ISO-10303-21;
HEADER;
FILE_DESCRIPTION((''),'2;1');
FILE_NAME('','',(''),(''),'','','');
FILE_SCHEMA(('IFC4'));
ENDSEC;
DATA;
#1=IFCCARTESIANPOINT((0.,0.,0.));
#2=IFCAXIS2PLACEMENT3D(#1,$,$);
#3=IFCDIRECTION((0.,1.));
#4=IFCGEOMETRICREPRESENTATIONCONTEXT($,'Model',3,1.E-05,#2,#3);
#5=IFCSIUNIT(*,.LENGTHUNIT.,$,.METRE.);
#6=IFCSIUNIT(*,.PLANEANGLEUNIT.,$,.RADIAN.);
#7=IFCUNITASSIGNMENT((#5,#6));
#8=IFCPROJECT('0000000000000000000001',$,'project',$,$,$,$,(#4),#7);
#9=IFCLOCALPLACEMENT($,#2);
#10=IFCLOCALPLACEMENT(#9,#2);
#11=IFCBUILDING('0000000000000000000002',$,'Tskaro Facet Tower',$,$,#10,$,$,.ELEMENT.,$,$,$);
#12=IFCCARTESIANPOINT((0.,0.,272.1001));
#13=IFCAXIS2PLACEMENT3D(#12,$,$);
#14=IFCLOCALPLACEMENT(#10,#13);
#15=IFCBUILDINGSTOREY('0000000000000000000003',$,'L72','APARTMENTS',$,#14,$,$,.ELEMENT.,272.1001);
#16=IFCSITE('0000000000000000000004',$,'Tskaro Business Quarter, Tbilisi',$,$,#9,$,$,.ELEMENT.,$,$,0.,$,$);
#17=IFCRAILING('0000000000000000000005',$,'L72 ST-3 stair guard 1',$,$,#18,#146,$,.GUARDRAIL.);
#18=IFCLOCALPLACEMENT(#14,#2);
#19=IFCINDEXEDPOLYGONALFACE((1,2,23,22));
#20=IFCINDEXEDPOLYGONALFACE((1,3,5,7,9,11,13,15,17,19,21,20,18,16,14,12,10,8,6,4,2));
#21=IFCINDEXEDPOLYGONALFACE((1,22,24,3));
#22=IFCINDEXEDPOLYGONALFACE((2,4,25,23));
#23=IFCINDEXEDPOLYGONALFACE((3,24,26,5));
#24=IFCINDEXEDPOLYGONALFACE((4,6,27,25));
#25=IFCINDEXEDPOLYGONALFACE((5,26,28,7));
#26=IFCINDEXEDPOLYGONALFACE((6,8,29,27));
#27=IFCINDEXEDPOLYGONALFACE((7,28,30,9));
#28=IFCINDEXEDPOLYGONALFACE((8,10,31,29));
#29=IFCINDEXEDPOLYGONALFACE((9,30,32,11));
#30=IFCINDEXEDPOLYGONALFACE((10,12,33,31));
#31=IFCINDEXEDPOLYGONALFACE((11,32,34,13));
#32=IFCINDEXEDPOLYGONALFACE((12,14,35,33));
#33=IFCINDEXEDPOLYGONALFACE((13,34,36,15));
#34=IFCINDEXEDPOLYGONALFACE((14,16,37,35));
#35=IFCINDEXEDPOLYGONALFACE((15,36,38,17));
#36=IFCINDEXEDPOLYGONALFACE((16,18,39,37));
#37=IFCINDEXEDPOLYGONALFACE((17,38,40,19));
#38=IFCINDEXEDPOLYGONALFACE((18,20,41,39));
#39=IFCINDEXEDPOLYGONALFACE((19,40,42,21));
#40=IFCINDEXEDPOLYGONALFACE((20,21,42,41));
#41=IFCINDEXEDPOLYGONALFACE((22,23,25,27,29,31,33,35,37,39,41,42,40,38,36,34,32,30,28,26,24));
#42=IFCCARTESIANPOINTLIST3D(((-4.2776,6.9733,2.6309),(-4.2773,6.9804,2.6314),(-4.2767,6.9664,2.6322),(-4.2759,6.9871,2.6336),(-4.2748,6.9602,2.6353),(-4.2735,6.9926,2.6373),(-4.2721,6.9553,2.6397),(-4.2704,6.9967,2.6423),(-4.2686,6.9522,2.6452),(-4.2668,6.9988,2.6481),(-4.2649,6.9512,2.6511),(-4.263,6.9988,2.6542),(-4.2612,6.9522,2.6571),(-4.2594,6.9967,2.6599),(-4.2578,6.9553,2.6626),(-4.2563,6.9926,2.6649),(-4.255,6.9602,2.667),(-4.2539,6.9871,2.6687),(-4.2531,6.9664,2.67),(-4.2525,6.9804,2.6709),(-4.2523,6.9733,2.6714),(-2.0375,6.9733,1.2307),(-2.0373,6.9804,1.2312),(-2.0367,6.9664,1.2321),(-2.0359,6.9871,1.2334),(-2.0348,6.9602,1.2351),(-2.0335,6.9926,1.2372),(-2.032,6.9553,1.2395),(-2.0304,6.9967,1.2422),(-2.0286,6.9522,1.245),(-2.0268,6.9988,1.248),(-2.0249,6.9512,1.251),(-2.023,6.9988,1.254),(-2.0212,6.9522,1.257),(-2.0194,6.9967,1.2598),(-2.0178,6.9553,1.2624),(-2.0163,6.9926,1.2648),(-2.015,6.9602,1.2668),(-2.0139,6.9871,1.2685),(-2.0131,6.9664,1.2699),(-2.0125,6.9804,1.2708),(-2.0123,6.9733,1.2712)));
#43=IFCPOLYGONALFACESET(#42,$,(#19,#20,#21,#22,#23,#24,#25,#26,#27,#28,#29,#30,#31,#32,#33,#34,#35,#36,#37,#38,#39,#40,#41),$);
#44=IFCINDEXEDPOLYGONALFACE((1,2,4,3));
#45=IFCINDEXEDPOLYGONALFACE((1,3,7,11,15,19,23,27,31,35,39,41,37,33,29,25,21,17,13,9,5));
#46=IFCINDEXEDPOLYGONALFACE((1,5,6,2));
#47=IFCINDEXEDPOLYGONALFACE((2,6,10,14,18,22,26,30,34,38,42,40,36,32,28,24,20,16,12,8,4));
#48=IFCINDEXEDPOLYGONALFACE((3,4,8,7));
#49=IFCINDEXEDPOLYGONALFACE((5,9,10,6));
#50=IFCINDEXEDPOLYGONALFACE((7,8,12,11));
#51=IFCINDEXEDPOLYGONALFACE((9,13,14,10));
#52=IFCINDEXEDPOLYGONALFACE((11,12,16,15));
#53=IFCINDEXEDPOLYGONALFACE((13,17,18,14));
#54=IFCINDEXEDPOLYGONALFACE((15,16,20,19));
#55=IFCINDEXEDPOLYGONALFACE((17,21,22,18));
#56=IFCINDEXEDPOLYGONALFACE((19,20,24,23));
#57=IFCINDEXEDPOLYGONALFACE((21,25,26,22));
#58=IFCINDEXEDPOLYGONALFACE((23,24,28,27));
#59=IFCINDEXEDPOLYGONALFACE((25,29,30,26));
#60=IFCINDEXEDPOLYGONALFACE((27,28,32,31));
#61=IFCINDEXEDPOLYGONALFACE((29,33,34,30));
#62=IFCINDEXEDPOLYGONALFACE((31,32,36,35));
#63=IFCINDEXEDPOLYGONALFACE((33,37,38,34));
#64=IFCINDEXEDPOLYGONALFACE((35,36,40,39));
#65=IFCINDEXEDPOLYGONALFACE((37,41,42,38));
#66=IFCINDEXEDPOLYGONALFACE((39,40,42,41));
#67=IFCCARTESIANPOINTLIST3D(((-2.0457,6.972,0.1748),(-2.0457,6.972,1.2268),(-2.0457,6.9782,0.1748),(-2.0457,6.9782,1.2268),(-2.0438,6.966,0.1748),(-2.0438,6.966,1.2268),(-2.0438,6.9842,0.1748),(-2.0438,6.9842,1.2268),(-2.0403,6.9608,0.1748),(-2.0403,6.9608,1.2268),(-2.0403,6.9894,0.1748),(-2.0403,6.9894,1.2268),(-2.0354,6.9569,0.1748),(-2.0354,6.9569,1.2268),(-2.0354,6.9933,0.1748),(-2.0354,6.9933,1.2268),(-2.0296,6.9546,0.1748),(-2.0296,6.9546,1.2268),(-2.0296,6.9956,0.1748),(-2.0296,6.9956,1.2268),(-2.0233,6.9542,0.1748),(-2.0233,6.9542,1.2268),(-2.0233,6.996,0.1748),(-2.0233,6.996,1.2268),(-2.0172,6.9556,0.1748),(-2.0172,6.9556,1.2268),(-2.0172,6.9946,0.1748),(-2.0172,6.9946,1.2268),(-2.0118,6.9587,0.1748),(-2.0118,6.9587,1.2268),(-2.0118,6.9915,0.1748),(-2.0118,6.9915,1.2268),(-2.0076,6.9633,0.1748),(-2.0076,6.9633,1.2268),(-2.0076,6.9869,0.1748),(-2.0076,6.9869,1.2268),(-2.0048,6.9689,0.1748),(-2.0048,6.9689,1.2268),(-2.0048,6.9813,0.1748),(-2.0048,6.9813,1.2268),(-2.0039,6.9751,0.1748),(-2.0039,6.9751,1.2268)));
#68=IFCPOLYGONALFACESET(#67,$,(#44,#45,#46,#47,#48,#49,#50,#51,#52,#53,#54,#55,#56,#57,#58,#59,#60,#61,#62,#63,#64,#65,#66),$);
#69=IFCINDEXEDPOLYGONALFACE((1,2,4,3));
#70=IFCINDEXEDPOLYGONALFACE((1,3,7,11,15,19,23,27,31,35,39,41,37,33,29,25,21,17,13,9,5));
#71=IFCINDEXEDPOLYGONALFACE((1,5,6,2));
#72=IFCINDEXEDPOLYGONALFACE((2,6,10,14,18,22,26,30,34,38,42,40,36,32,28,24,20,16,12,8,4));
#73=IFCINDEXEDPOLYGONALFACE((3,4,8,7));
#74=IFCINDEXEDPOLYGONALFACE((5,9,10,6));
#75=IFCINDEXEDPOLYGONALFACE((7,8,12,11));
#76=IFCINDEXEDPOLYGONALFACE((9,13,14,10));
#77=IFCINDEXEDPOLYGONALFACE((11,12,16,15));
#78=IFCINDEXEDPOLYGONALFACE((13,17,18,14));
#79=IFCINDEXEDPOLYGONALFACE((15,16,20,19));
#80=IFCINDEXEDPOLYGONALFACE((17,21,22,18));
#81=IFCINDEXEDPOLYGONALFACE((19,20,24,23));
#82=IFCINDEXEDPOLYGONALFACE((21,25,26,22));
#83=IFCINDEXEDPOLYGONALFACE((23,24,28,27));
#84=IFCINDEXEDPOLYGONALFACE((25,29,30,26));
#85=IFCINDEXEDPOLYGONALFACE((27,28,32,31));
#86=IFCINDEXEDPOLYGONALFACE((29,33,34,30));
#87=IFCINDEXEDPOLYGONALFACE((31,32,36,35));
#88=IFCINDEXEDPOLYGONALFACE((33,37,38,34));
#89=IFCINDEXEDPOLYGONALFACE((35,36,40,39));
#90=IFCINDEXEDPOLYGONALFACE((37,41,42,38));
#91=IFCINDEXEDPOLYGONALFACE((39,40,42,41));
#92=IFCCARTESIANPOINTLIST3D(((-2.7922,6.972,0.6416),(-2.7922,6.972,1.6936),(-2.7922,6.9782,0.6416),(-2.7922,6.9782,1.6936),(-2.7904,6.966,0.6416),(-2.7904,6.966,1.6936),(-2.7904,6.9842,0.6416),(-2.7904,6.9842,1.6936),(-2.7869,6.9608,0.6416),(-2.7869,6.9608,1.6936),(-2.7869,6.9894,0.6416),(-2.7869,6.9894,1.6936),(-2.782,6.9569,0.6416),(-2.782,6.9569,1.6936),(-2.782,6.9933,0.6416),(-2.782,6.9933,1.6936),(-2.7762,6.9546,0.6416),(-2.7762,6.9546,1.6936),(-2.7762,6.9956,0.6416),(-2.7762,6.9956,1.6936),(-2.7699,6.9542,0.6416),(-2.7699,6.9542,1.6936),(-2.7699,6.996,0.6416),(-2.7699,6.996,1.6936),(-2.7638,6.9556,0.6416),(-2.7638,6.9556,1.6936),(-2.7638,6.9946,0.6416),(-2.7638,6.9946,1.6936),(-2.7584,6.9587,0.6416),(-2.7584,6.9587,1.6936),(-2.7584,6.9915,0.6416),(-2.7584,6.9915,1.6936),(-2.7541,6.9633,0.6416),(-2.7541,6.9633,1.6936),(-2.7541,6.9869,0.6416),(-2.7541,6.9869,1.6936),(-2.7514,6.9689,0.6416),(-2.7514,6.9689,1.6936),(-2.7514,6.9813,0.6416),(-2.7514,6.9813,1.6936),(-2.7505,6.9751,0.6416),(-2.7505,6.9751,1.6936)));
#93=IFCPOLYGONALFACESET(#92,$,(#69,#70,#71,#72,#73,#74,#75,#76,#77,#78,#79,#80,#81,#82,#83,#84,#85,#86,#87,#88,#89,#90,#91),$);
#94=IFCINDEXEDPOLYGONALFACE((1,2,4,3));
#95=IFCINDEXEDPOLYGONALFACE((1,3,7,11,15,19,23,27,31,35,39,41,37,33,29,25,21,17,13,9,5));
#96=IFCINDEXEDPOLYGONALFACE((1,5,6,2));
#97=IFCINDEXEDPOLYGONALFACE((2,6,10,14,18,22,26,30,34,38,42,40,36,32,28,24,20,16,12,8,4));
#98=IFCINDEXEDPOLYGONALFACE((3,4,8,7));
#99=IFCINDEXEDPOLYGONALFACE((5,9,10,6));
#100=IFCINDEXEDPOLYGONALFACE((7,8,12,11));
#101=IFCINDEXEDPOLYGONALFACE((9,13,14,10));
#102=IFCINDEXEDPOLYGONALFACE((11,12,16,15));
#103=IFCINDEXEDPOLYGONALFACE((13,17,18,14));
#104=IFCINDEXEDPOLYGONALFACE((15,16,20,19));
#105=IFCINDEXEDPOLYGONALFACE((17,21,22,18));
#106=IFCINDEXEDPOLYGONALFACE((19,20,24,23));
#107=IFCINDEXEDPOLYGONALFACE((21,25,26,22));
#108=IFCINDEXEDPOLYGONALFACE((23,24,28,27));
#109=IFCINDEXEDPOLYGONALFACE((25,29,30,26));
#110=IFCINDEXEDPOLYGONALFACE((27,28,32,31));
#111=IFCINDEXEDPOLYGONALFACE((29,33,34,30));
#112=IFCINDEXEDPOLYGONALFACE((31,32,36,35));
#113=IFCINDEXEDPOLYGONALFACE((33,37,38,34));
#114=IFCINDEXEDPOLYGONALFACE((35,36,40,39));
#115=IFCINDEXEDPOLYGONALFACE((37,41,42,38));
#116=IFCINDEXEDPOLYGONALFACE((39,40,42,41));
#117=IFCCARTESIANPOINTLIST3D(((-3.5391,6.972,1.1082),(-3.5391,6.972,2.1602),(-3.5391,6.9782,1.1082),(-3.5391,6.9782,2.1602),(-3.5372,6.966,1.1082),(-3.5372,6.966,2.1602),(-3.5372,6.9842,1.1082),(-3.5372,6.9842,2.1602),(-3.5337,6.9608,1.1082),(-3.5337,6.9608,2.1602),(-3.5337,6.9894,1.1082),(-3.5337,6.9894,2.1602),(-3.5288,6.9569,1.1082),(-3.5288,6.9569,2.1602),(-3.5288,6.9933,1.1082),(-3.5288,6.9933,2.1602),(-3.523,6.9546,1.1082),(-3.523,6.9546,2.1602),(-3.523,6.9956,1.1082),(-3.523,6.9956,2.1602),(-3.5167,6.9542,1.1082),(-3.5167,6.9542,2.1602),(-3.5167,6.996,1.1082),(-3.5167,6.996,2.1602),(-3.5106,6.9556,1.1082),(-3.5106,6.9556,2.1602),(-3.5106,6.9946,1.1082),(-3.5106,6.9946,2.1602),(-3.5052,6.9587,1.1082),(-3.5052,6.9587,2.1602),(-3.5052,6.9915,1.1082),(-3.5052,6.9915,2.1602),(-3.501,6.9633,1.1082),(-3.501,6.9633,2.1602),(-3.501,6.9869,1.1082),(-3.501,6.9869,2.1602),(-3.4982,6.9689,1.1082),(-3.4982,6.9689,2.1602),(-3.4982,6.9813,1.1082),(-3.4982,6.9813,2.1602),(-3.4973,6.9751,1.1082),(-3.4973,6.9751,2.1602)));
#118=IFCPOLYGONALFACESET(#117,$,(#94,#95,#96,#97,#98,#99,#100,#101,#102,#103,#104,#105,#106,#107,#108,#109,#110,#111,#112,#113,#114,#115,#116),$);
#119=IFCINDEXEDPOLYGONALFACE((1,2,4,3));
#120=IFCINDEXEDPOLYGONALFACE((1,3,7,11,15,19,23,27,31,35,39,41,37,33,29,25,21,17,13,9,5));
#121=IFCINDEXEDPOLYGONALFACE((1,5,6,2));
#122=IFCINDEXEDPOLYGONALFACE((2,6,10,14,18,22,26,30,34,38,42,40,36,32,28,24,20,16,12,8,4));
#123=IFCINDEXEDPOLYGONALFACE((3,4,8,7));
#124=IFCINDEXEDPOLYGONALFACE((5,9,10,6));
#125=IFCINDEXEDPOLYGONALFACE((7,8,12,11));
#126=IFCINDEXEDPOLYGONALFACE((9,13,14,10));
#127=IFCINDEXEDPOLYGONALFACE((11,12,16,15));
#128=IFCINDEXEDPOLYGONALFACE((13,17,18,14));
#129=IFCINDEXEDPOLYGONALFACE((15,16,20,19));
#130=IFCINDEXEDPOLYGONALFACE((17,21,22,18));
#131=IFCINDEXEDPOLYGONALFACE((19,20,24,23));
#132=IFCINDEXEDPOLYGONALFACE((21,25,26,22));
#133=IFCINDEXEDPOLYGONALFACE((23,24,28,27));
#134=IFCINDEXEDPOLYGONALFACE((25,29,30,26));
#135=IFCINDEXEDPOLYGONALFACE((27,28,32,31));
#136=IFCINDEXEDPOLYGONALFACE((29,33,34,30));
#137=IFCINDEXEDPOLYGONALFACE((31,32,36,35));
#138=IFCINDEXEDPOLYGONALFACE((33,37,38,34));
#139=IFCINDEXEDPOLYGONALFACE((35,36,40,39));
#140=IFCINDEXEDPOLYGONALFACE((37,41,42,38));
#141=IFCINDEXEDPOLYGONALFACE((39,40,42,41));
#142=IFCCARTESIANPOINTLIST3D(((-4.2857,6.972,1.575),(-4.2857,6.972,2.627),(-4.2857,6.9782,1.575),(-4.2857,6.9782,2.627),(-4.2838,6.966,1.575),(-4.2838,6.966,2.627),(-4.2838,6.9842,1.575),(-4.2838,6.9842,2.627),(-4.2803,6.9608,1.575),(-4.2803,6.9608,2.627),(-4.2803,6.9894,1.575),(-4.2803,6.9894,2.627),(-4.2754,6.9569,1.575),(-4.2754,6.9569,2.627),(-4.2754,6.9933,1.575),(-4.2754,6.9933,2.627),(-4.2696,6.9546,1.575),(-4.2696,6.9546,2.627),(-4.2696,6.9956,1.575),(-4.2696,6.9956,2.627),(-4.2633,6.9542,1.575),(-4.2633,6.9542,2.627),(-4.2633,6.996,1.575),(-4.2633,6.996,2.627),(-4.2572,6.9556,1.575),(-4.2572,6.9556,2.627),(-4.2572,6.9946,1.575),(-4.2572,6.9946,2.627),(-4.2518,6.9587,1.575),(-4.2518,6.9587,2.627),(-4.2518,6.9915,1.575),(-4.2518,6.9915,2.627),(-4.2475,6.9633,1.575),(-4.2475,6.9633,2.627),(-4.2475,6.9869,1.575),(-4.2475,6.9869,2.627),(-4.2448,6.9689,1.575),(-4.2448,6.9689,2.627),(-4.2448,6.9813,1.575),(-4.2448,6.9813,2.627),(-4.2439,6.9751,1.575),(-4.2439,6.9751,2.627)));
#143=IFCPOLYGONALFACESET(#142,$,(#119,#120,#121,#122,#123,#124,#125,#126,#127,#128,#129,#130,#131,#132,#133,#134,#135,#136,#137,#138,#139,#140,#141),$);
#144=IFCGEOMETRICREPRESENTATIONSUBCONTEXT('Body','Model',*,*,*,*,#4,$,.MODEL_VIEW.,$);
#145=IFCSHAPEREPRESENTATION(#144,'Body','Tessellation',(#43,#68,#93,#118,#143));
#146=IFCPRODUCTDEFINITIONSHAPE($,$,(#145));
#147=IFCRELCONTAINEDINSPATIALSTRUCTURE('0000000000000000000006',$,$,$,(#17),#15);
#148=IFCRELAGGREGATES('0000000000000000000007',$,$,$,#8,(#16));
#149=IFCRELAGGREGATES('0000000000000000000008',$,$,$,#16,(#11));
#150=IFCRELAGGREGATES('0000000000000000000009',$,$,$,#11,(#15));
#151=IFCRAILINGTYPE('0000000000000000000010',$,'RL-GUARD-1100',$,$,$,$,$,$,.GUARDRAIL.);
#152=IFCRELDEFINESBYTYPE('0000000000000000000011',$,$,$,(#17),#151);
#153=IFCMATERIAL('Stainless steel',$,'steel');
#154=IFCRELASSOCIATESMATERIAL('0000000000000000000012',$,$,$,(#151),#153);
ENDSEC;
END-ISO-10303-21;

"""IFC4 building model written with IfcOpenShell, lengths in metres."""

from ifc_helpers import new_model, si_unit, direction, frame, origin, origin_2d, place, context, subcontext, project, spatial, circle, extrude, material, type_object, element, save


model = new_model("IFC4")

# Units and contexts
model_context = context("Model", 3, precision=1e-05, world=origin(), true_north=direction((0.0, 1.0)))
body_context = subcontext(model_context, "Body", "Model", "MODEL_VIEW")
ifc_project = project(units=[si_unit("LENGTHUNIT", "METRE"), si_unit("PLANEANGLEUNIT", "RADIAN")], contexts=[model_context])

# Site, building, storey
site_placement = place(None, origin())
site = spatial("IfcSite", under=ifc_project, at=site_placement, Name="Tskaro Business Quarter, Tbilisi", CompositionType="ELEMENT", RefElevation=0.0)
building_placement = place(site_placement, origin())
building = spatial("IfcBuilding", under=site, at=building_placement, Name="Tskaro Facet Tower", CompositionType="ELEMENT")
storey_placement = place(building_placement, frame((0.0, 0.0, 272.1001)))
storey = spatial("IfcBuildingStorey", under=building, at=storey_placement, Name="L72", Description="APARTMENTS", CompositionType="ELEMENT", Elevation=272.1001)

# Railing
ifc_material_1 = material(Name="Stainless steel", Category="steel")
railing_type_1 = type_object("IfcRailingType", Name="RL-GUARD-1100", PredefinedType="GUARDRAIL", material=ifc_material_1)
railing_1_placement = place(storey_placement, frame((-2.0249, 6.9751, 0.1748)))
element("IfcRailing", 1, at=railing_1_placement, inside=storey, type_object=railing_type_1, Name="L72 ST-3 stair guard 1", PredefinedType="GUARDRAIL", context=body_context, shape_type="SweptSolid", body=[
    extrude(circle(Radius=0.0239, at=origin_2d()), frame((0.0, 0.0, 1.0762), z_axis=(-0.847972, 0.0, 0.53004), x_axis=(0.0, -1.0, 0.0)), (0.0, 0.0, 1.0), 2.6416),
    extrude(circle(Radius=0.021, at=origin_2d()), origin(), (0.0, 0.0, 1.0), 1.052),
    extrude(circle(Radius=0.021, at=origin_2d()), frame((-0.7466, 0.0, 0.4668)), (0.0, 0.0, 1.0), 1.052),
    extrude(circle(Radius=0.021, at=origin_2d()), frame((-1.4934, 0.0, 0.9333)), (0.0, 0.0, 1.0), 1.052),
    extrude(circle(Radius=0.021, at=origin_2d()), frame((-2.24, 0.0, 1.4001)), (0.0, 0.0, 1.0), 1.052),
])

save(model, "model.ifc")
